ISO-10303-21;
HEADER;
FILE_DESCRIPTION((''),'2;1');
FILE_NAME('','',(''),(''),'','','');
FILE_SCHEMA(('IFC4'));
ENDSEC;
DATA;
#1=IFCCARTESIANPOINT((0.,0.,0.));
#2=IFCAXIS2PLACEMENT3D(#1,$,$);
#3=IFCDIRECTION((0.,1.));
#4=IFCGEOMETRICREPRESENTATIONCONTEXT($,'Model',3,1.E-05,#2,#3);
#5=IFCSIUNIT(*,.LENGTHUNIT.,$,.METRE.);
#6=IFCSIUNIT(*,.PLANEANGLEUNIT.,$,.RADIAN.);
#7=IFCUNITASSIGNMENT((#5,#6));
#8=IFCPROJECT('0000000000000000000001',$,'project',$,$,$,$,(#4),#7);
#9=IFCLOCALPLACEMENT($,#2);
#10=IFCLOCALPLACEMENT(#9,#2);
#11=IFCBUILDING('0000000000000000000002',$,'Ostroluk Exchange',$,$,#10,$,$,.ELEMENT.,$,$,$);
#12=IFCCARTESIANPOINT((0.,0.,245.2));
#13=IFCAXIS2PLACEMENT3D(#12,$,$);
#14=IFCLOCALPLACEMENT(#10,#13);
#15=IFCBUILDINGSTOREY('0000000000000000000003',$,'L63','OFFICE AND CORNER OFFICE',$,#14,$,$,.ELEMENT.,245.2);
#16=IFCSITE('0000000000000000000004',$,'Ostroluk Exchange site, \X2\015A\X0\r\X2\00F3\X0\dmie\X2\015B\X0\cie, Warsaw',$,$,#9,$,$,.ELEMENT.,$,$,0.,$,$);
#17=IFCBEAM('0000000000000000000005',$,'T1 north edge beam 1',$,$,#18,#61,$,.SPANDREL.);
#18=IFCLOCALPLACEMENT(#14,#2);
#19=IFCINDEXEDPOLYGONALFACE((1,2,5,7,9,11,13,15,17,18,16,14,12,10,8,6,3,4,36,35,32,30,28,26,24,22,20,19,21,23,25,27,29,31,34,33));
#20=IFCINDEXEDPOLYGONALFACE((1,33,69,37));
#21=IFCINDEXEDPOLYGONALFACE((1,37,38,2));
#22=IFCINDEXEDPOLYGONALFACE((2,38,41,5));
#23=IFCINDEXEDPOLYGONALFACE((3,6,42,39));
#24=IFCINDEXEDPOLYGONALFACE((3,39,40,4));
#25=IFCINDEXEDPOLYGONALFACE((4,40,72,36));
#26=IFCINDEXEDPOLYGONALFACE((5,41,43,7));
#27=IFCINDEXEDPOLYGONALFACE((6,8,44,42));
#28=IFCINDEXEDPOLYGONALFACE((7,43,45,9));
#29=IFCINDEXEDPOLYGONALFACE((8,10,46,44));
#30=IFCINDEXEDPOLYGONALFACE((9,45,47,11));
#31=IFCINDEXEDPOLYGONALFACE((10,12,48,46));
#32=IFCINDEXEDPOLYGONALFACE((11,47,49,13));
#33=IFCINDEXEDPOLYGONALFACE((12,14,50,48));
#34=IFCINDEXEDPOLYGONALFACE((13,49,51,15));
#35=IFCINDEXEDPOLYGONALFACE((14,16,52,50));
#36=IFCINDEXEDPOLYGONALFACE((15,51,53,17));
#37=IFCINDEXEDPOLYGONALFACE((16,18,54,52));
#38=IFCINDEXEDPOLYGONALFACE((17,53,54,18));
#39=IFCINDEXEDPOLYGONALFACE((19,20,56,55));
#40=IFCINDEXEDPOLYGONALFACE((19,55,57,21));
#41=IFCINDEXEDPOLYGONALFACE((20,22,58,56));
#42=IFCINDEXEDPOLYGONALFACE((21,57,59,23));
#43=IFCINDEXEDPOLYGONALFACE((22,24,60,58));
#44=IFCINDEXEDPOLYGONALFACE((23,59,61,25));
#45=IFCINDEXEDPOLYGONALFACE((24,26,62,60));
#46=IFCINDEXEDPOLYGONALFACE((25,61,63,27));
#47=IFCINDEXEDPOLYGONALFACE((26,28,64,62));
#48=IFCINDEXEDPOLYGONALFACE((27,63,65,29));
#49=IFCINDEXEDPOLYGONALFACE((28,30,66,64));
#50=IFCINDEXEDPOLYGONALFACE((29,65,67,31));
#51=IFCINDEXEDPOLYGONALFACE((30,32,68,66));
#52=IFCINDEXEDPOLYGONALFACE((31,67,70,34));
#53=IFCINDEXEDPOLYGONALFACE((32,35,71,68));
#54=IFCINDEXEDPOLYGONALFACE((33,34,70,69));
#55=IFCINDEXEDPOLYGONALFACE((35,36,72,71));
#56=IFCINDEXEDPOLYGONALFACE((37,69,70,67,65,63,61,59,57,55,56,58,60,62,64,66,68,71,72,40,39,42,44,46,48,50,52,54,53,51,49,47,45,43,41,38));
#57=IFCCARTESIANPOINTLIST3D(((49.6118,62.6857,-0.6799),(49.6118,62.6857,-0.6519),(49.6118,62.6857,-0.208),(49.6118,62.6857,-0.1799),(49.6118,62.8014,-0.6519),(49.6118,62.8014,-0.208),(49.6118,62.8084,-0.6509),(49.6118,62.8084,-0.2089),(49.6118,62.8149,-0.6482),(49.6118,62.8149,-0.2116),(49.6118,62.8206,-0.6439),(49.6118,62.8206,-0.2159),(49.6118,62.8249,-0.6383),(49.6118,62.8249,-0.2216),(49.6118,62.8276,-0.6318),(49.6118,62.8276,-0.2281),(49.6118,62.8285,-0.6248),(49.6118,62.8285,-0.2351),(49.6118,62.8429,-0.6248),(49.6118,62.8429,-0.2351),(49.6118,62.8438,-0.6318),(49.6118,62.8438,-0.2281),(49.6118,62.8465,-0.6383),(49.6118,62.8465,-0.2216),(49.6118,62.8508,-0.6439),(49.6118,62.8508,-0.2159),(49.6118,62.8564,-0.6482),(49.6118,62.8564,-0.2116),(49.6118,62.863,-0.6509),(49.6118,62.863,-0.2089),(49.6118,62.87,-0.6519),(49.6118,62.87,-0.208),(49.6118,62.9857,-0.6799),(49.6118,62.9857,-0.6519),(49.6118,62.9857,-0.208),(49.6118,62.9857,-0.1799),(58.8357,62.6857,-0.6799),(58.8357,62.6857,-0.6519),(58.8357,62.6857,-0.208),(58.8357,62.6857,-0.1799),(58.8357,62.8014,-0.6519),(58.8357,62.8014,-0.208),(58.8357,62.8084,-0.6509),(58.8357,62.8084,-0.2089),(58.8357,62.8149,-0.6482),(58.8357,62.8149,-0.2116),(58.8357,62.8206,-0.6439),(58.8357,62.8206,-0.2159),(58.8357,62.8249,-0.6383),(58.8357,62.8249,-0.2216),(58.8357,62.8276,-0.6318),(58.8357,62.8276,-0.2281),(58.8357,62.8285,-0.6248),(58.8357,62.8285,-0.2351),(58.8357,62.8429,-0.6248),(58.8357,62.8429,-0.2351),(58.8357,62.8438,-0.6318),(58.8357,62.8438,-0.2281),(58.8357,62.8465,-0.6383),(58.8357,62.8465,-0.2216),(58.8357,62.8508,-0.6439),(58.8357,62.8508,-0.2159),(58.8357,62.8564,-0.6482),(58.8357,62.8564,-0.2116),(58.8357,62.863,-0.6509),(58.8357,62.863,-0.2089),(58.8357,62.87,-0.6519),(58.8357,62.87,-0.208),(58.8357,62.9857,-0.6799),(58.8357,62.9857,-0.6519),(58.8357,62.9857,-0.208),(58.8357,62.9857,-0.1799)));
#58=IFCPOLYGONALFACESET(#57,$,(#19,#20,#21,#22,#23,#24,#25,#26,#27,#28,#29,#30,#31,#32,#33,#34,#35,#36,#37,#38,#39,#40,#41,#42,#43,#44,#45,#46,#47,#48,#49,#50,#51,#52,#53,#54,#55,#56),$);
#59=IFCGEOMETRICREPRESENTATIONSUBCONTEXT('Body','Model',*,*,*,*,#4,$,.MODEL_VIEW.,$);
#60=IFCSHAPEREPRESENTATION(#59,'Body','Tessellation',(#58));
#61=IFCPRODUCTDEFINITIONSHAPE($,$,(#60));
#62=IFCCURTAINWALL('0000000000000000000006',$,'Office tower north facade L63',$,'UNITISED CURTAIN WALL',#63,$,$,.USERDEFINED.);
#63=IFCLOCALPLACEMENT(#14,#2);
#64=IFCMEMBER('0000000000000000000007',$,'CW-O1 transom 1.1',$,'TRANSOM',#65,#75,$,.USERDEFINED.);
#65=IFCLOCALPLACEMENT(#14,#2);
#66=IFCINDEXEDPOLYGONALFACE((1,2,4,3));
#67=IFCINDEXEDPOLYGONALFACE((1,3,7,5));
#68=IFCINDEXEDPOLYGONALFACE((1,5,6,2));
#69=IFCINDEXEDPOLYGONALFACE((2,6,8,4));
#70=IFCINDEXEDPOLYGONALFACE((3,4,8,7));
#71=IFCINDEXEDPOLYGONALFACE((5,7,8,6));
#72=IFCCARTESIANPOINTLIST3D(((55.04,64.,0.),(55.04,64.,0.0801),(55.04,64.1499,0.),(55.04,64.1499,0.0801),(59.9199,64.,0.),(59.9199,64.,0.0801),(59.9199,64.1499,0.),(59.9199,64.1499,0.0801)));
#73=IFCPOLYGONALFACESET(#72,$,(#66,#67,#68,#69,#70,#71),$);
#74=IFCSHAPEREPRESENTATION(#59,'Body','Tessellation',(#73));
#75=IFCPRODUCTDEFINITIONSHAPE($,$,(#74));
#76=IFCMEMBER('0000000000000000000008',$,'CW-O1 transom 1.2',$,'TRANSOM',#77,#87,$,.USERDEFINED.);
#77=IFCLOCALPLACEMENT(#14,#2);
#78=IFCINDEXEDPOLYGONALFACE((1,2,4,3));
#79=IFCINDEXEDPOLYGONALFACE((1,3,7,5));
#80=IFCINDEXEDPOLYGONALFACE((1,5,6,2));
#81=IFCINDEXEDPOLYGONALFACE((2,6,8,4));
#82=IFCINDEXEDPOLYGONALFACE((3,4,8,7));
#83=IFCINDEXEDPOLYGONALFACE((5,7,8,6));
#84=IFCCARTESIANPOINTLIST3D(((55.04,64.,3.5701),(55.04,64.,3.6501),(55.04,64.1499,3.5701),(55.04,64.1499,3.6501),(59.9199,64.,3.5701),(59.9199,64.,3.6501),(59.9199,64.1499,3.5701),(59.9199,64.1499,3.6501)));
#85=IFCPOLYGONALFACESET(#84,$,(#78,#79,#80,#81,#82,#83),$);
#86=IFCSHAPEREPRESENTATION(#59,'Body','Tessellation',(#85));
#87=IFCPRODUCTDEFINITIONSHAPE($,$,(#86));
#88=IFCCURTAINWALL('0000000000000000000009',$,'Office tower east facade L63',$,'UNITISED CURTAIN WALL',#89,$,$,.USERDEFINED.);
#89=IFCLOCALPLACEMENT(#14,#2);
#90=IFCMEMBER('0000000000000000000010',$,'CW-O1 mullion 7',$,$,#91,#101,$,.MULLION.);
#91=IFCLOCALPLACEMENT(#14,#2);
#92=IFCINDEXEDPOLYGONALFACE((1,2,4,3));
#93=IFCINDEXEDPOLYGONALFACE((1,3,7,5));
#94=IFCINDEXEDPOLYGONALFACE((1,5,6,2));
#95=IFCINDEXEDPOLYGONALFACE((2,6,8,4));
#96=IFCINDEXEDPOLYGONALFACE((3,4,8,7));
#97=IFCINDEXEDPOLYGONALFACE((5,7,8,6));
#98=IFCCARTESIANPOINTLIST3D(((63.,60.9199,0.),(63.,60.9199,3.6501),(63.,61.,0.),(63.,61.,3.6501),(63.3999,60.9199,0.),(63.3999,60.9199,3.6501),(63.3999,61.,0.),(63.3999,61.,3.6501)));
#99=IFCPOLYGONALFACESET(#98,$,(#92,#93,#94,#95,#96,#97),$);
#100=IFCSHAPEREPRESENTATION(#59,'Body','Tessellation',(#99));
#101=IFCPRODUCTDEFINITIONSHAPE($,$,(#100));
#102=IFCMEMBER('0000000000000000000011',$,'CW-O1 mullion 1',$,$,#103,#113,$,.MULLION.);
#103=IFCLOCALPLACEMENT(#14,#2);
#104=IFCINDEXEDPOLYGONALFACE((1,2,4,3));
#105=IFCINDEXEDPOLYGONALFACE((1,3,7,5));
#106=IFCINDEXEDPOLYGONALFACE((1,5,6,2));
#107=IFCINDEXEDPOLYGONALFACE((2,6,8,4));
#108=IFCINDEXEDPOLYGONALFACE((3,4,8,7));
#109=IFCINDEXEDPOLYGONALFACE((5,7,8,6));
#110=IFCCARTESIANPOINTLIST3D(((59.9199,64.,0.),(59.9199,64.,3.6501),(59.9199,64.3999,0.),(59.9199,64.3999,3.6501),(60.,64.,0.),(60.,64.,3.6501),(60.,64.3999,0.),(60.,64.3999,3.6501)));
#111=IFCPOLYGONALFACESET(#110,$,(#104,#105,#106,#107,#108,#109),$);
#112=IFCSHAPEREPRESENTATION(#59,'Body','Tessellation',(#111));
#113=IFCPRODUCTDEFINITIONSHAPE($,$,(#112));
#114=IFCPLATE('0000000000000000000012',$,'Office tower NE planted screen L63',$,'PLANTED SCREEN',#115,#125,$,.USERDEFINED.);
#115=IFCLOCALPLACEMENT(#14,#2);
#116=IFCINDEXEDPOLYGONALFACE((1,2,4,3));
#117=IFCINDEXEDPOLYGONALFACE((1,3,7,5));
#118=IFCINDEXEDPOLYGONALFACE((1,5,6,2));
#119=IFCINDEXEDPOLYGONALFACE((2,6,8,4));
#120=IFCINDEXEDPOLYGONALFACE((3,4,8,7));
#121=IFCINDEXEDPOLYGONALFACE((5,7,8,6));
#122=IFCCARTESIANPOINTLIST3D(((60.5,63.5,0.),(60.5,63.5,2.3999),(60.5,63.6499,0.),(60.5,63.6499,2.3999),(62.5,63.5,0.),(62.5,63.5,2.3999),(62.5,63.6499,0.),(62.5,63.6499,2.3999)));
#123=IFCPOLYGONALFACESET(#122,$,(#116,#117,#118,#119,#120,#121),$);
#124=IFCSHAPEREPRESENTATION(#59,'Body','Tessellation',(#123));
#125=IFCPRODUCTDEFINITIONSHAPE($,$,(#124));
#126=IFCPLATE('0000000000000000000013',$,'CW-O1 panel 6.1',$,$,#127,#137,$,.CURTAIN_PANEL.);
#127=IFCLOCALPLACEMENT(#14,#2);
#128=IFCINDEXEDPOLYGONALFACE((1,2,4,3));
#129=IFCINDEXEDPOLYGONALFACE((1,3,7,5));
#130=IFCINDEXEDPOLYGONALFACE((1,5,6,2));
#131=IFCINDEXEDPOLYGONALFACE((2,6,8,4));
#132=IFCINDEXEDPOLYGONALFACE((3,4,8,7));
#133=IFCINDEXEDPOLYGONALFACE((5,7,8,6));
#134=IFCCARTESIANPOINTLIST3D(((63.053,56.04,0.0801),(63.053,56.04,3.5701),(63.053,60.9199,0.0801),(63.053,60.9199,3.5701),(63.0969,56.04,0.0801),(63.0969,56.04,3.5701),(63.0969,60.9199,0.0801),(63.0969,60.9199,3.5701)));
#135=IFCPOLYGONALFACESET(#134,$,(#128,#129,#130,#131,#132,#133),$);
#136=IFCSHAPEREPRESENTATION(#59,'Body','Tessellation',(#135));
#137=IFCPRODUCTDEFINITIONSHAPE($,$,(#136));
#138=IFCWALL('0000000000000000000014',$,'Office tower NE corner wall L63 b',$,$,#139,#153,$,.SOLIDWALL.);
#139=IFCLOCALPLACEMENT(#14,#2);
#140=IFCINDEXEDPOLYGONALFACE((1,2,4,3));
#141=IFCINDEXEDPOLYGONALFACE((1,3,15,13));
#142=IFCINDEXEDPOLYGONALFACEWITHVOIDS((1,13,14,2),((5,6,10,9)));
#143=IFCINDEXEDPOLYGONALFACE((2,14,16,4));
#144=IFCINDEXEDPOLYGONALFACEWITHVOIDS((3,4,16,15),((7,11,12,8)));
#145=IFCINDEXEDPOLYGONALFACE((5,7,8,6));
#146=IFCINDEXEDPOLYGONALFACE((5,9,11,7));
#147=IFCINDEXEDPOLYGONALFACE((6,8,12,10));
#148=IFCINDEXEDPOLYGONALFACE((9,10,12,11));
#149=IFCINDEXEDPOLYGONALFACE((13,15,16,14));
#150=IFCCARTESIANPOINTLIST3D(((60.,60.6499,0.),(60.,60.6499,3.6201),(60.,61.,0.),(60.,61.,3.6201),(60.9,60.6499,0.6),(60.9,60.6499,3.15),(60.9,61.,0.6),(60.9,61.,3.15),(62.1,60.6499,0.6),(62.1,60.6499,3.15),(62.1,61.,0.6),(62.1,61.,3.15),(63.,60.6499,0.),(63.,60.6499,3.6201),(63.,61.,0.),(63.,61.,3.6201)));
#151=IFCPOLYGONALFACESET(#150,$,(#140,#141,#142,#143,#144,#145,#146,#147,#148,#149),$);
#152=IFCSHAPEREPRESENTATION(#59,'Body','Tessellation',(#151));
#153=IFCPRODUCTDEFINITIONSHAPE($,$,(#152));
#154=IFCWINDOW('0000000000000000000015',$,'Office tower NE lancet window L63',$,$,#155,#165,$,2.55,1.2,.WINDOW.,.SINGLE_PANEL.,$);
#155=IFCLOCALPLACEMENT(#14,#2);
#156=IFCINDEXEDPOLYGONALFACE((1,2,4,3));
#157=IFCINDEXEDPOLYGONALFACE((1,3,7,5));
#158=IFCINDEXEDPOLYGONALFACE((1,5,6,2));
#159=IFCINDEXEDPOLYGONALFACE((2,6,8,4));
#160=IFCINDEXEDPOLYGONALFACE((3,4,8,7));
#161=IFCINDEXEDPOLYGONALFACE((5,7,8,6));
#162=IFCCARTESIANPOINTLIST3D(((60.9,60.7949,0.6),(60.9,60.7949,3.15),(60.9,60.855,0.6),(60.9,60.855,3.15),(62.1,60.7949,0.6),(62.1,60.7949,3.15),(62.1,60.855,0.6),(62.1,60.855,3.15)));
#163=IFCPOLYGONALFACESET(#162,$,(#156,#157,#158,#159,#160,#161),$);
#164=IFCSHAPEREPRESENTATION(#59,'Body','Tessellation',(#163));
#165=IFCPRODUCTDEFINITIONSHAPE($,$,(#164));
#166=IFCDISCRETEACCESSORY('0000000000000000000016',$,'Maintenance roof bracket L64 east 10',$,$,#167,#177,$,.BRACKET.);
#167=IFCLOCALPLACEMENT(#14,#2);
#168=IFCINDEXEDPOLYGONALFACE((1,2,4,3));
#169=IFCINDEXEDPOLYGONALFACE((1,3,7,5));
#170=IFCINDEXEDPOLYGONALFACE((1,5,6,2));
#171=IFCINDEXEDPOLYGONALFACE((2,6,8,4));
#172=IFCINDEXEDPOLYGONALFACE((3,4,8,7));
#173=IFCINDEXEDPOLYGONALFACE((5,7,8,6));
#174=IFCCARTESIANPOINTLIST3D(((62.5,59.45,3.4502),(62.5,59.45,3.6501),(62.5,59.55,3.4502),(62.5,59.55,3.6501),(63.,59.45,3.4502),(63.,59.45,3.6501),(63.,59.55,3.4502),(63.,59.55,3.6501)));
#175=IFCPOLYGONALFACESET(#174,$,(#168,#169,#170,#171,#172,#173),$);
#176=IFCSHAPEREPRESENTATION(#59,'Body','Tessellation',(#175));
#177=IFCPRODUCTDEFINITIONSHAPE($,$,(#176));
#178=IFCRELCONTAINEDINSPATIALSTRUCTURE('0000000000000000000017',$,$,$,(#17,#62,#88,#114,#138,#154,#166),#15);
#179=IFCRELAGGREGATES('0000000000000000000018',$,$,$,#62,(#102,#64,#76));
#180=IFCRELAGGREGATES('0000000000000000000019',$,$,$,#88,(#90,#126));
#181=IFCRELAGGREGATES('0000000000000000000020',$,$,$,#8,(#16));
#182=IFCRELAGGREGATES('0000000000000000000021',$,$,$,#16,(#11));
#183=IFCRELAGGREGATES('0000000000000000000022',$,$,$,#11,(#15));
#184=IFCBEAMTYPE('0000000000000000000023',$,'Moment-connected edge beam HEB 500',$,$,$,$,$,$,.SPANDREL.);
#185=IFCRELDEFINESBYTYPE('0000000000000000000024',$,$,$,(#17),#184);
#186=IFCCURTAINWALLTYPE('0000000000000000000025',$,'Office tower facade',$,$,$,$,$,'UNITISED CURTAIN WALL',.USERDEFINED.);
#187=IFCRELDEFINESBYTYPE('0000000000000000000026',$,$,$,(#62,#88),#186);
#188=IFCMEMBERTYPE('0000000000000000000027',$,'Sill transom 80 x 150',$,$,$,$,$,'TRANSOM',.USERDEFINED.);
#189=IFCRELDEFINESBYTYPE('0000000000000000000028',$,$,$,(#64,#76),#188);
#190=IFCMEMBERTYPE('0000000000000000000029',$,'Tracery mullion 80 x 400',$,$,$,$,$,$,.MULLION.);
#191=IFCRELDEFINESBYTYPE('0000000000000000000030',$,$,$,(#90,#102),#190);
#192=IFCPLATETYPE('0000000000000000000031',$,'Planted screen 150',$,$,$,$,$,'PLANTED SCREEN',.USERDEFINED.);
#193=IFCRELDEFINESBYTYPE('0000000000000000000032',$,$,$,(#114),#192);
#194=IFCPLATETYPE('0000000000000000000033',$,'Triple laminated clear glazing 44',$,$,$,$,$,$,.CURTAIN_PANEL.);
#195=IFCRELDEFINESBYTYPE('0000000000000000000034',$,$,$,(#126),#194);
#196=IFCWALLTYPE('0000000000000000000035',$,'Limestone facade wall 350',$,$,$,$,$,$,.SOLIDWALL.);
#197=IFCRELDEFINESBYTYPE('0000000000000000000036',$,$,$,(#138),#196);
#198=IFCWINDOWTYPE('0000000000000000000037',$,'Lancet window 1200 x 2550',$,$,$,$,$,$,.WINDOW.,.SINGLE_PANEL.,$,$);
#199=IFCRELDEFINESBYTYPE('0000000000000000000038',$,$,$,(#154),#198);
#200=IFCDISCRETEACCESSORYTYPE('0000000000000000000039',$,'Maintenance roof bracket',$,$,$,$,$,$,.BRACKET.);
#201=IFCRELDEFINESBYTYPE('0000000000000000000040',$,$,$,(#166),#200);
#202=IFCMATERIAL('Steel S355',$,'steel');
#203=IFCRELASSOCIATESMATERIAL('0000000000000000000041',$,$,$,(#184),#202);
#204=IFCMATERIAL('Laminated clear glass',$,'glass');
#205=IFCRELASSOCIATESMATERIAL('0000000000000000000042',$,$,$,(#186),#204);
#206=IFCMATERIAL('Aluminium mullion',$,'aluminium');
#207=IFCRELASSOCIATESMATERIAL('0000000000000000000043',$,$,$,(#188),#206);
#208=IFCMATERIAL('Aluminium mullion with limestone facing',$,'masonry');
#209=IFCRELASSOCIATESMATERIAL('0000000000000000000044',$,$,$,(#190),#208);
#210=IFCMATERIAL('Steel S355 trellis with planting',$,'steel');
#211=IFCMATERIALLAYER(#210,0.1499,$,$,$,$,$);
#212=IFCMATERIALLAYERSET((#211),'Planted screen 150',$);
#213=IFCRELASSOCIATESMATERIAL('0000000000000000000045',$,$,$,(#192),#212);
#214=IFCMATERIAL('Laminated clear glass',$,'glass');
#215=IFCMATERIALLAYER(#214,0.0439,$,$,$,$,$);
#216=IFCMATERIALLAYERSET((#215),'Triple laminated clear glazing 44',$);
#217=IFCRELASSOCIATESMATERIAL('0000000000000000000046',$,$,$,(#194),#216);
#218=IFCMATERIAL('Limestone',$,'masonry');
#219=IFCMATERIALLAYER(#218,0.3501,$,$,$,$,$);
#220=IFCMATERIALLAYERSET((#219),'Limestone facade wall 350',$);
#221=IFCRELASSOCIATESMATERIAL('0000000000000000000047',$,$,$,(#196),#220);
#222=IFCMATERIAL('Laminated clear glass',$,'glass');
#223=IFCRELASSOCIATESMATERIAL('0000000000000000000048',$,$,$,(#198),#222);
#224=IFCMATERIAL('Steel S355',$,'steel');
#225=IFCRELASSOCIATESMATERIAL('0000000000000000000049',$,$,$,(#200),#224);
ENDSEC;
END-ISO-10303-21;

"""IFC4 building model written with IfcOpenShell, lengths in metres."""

from ifc_helpers import new_model, si_unit, direction, frame, frame_2d, origin, origin_2d, place, context, subcontext, project, spatial, rectangle, i_section, extrude, material, layer, layer_set, material_profile, profile_set, type_object, element, fill, aggregate, save


model = new_model("IFC4")

# Units and contexts
model_context = context("Model", 3, precision=1e-05, world=origin(), true_north=direction((0.0, 1.0)))
body_context = subcontext(model_context, "Body", "Model", "MODEL_VIEW")
ifc_project = project(units=[si_unit("LENGTHUNIT", "METRE"), si_unit("PLANEANGLEUNIT", "RADIAN")], contexts=[model_context])

# Site, building, storey
site_placement = place(None, origin())
site = spatial("IfcSite", under=ifc_project, at=site_placement, Name="Ostroluk Exchange site, Śródmieście, Warsaw", CompositionType="ELEMENT", RefElevation=0.0)
building_placement = place(site_placement, origin())
building = spatial("IfcBuilding", under=site, at=building_placement, Name="Ostroluk Exchange", CompositionType="ELEMENT")
storey_placement = place(building_placement, frame((0.0, 0.0, 245.2)))
storey = spatial("IfcBuildingStorey", under=building, at=storey_placement, Name="L63", Description="OFFICE AND CORNER OFFICE", CompositionType="ELEMENT", Elevation=245.2)

# Beam
ifc_material_1 = material(Name="Steel S355", Category="steel")
ifc_material_profile_1 = material_profile(ifc_material_1, i_section(OverallWidth=0.3, OverallDepth=0.5, WebThickness=0.0144, FlangeThickness=0.0281, FilletRadius=0.0271, at=origin_2d()), Name="HEB 500")
ifc_profile_set_1 = profile_set([ifc_material_profile_1], Name="Steel S355")
beam_type_1 = type_object("IfcBeamType", Name="Moment-connected edge beam HEB 500", PredefinedType="SPANDREL", material=ifc_profile_set_1)
beam_1_placement = place(storey_placement, frame((58.8357, 62.8357, -0.4299), z_axis=(-1.0, 0.0, 0.0), x_axis=(0.0, -1.0, 0.0)))
element("IfcBeam", 1, at=beam_1_placement, inside=storey, type_object=beam_type_1, Name="T1 north edge beam 1", PredefinedType="SPANDREL", context=body_context, shape_type="SweptSolid", body=[
    extrude(i_section(OverallWidth=0.3, OverallDepth=0.5, WebThickness=0.0144, FlangeThickness=0.0281, FilletRadius=0.0271, at=origin_2d()), origin(), (0.0, 0.0, 1.0), 9.2239),
])

# Curtain wall, members
ifc_material_2 = material(Name="Laminated clear glass", Category="glass")
curtain_wall_type = type_object("IfcCurtainWallType", Name="Office tower facade", ElementType="UNITISED CURTAIN WALL", PredefinedType="USERDEFINED", material=ifc_material_2)
curtain_wall_1_placement = place(storey_placement, origin())
curtain_wall_1 = element("IfcCurtainWall", 2, at=curtain_wall_1_placement, inside=storey, type_object=curtain_wall_type, Name="Office tower north facade L63", ObjectType="UNITISED CURTAIN WALL", PredefinedType="USERDEFINED")
ifc_material_3 = material(Name="Aluminium mullion", Category="aluminium")
ifc_material_profile_2 = material_profile(ifc_material_3, rectangle(XDim=0.1499, YDim=0.0801, at=origin_2d()), Name="Sill transom 80 x 150")
ifc_profile_set_2 = profile_set([ifc_material_profile_2], Name="Aluminium mullion")
member_type_1 = type_object("IfcMemberType", Name="Sill transom 80 x 150", ElementType="TRANSOM", PredefinedType="USERDEFINED", material=ifc_profile_set_2)
member_1_placement = place(storey_placement, frame((59.9199, 64.075, 0.04), z_axis=(-1.0, 0.0, 0.0), x_axis=(0.0, -1.0, 0.0)))
member_1 = element("IfcMember", 3, at=member_1_placement, type_object=member_type_1, Name="CW-O1 transom 1.1", ObjectType="TRANSOM", PredefinedType="USERDEFINED", context=body_context, shape_type="SweptSolid", body=[
    extrude(rectangle(XDim=0.1499, YDim=0.0801, at=origin_2d()), origin(), (0.0, 0.0, 1.0), 4.8799),
])
member_2_placement = place(storey_placement, frame((59.9199, 64.075, 3.6101), z_axis=(-1.0, 0.0, 0.0), x_axis=(0.0, -1.0, 0.0)))
member_2 = element("IfcMember", 4, at=member_2_placement, type_object=member_type_1, Name="CW-O1 transom 1.2", ObjectType="TRANSOM", PredefinedType="USERDEFINED", context=body_context, shape_type="SweptSolid", body=[
    extrude(rectangle(XDim=0.1499, YDim=0.0801, at=origin_2d()), origin(), (0.0, 0.0, 1.0), 4.8799),
])

# Curtain wall, member
curtain_wall_2_placement = place(storey_placement, origin())
curtain_wall_2 = element("IfcCurtainWall", 5, at=curtain_wall_2_placement, inside=storey, type_object=curtain_wall_type, Name="Office tower east facade L63", ObjectType="UNITISED CURTAIN WALL", PredefinedType="USERDEFINED")
ifc_material_4 = material(Name="Aluminium mullion with limestone facing", Category="masonry")
ifc_material_profile_3 = material_profile(ifc_material_4, rectangle(XDim=0.3999, YDim=0.0801, at=origin_2d()), Name="Tracery mullion 80 x 400")
ifc_profile_set_3 = profile_set([ifc_material_profile_3], Name="Aluminium mullion with limestone facing")
member_type_2 = type_object("IfcMemberType", Name="Tracery mullion 80 x 400", PredefinedType="MULLION", material=ifc_profile_set_3)
member_3_placement = place(storey_placement, frame((63.2, 60.96, 0.0), z_axis=(0.0, 0.0, 1.0), x_axis=(-1.0, 0.0, 0.0)))
member_3 = element("IfcMember", 6, at=member_3_placement, type_object=member_type_2, Name="CW-O1 mullion 7", PredefinedType="MULLION", context=body_context, shape_type="SweptSolid", body=[
    extrude(rectangle(XDim=0.3999, YDim=0.0801, at=origin_2d()), origin(), (0.0, 0.0, 1.0), 3.6501),
])

# Member
member_4_placement = place(storey_placement, frame((59.96, 64.2, 0.0), z_axis=(0.0, 0.0, 1.0), x_axis=(0.0, -1.0, 0.0)))
member_4 = element("IfcMember", 7, at=member_4_placement, type_object=member_type_2, Name="CW-O1 mullion 1", PredefinedType="MULLION", context=body_context, shape_type="SweptSolid", body=[
    extrude(rectangle(XDim=0.3999, YDim=0.0801, at=origin_2d()), origin(), (0.0, 0.0, 1.0), 3.6501),
])
aggregate(curtain_wall_1, [member_4, member_1, member_2])

# Plates
ifc_material_5 = material(Name="Steel S355 trellis with planting", Category="steel")
ifc_layer_1 = layer(ifc_material_5, 0.1499)
ifc_layer_set_1 = layer_set([ifc_layer_1], Name="Planted screen 150")
plate_type_1 = type_object("IfcPlateType", Name="Planted screen 150", ElementType="PLANTED SCREEN", PredefinedType="USERDEFINED", material=ifc_layer_set_1)
plate_1_placement = place(storey_placement, frame((61.5, 63.575, 0.0), z_axis=(0.0, 0.0, 1.0), x_axis=(1.0, 0.0, 0.0)))
element("IfcPlate", 8, at=plate_1_placement, inside=storey, type_object=plate_type_1, Name="Office tower NE planted screen L63", ObjectType="PLANTED SCREEN", PredefinedType="USERDEFINED", context=body_context, shape_type="SweptSolid", body=[
    extrude(rectangle(XDim=2.0, YDim=0.1499, at=origin_2d()), origin(), (0.0, 0.0, 1.0), 2.3999),
])
ifc_material_6 = material(Name="Laminated clear glass", Category="glass")
ifc_layer_2 = layer(ifc_material_6, 0.0439)
ifc_layer_set_2 = layer_set([ifc_layer_2], Name="Triple laminated clear glazing 44")
plate_type_2 = type_object("IfcPlateType", Name="Triple laminated clear glazing 44", PredefinedType="CURTAIN_PANEL", material=ifc_layer_set_2)
plate_2_placement = place(storey_placement, frame((63.075, 58.48, 0.0801), z_axis=(0.0, 0.0, 1.0), x_axis=(0.0, 1.0, 0.0)))
plate_2 = element("IfcPlate", 9, at=plate_2_placement, type_object=plate_type_2, Name="CW-O1 panel 6.1", PredefinedType="CURTAIN_PANEL", context=body_context, shape_type="SweptSolid", body=[
    extrude(rectangle(XDim=4.8799, YDim=0.0439, at=origin_2d()), origin(), (0.0, 0.0, 1.0), 3.49),
])
aggregate(curtain_wall_2, [member_3, plate_2])

# Shared definitions
ifc_material_7 = material(Name="Limestone", Category="masonry")
ifc_layer_3 = layer(ifc_material_7, 0.3501)
ifc_layer_set_3 = layer_set([ifc_layer_3], Name="Limestone facade wall 350")
wall_type = type_object("IfcWallType", Name="Limestone facade wall 350", PredefinedType="SOLIDWALL", material=ifc_layer_set_3)

# Wall, opening, window
wall_1_placement = place(storey_placement, frame((60.0, 60.825, 0.0), z_axis=(0.0, 0.0, 1.0), x_axis=(1.0, 0.0, 0.0)))
wall_1 = element("IfcWall", 10, at=wall_1_placement, inside=storey, type_object=wall_type, Name="Office tower NE corner wall L63 b", PredefinedType="SOLIDWALL", context=body_context, shape_type="SweptSolid", body=[
    extrude(rectangle(XDim=3.0, YDim=0.3501, at=frame_2d((1.5, 0.0))), origin(), (0.0, 0.0, 1.0), 3.6201),
])
opening_1_placement = place(wall_1_placement, frame((0.8999, 0.0, 0.6001)))
opening_1 = element("IfcOpeningElement", 11, at=opening_1_placement, cuts=wall_1, PredefinedType="OPENING", context=body_context, shape_type="SweptSolid", body=[
    extrude(rectangle(XDim=1.2, YDim=2.55, at=frame_2d((0.6001, 1.2749))), frame((0.0, 0.1851, 0.0), z_axis=(0.0, -1.0, 0.0), x_axis=(1.0, 0.0, 0.0)), (0.0, 0.0, 1.0), 0.3701),
])
ifc_material_8 = material(Name="Laminated clear glass", Category="glass")
window_type = type_object("IfcWindowType", Name="Lancet window 1200 x 2550", PartitioningType="SINGLE_PANEL", PredefinedType="WINDOW", material=ifc_material_8)
window_placement = place(opening_1_placement, origin())
window = element("IfcWindow", 12, at=window_placement, inside=storey, type_object=window_type, Name="Office tower NE lancet window L63", OverallHeight=2.55, OverallWidth=1.2, PartitioningType="SINGLE_PANEL", PredefinedType="WINDOW", context=body_context, shape_type="SweptSolid", body=[
    extrude(rectangle(XDim=1.2, YDim=2.55, at=frame_2d((0.6001, 1.2749))), frame((0.0, 0.03, 0.0), z_axis=(0.0, -1.0, 0.0), x_axis=(1.0, 0.0, 0.0)), (0.0, 0.0, 1.0), 0.0601),
])
fill(opening_1, window)

# Discrete accessory
ifc_material_9 = material(Name="Steel S355", Category="steel")
discrete_accessory_type = type_object("IfcDiscreteAccessoryType", Name="Maintenance roof bracket", PredefinedType="BRACKET", material=ifc_material_9)
discrete_accessory_1_placement = place(storey_placement, frame((62.75, 59.5, 3.4502), z_axis=(0.0, 0.0, 1.0), x_axis=(1.0, 0.0, 0.0)))
element("IfcDiscreteAccessory", 13, at=discrete_accessory_1_placement, inside=storey, type_object=discrete_accessory_type, Name="Maintenance roof bracket L64 east 10", PredefinedType="BRACKET", context=body_context, shape_type="SweptSolid", body=[
    extrude(rectangle(XDim=0.5, YDim=0.1001, at=origin_2d()), origin(), (0.0, 0.0, 1.0), 0.2),
])

save(model, "model.ifc")
